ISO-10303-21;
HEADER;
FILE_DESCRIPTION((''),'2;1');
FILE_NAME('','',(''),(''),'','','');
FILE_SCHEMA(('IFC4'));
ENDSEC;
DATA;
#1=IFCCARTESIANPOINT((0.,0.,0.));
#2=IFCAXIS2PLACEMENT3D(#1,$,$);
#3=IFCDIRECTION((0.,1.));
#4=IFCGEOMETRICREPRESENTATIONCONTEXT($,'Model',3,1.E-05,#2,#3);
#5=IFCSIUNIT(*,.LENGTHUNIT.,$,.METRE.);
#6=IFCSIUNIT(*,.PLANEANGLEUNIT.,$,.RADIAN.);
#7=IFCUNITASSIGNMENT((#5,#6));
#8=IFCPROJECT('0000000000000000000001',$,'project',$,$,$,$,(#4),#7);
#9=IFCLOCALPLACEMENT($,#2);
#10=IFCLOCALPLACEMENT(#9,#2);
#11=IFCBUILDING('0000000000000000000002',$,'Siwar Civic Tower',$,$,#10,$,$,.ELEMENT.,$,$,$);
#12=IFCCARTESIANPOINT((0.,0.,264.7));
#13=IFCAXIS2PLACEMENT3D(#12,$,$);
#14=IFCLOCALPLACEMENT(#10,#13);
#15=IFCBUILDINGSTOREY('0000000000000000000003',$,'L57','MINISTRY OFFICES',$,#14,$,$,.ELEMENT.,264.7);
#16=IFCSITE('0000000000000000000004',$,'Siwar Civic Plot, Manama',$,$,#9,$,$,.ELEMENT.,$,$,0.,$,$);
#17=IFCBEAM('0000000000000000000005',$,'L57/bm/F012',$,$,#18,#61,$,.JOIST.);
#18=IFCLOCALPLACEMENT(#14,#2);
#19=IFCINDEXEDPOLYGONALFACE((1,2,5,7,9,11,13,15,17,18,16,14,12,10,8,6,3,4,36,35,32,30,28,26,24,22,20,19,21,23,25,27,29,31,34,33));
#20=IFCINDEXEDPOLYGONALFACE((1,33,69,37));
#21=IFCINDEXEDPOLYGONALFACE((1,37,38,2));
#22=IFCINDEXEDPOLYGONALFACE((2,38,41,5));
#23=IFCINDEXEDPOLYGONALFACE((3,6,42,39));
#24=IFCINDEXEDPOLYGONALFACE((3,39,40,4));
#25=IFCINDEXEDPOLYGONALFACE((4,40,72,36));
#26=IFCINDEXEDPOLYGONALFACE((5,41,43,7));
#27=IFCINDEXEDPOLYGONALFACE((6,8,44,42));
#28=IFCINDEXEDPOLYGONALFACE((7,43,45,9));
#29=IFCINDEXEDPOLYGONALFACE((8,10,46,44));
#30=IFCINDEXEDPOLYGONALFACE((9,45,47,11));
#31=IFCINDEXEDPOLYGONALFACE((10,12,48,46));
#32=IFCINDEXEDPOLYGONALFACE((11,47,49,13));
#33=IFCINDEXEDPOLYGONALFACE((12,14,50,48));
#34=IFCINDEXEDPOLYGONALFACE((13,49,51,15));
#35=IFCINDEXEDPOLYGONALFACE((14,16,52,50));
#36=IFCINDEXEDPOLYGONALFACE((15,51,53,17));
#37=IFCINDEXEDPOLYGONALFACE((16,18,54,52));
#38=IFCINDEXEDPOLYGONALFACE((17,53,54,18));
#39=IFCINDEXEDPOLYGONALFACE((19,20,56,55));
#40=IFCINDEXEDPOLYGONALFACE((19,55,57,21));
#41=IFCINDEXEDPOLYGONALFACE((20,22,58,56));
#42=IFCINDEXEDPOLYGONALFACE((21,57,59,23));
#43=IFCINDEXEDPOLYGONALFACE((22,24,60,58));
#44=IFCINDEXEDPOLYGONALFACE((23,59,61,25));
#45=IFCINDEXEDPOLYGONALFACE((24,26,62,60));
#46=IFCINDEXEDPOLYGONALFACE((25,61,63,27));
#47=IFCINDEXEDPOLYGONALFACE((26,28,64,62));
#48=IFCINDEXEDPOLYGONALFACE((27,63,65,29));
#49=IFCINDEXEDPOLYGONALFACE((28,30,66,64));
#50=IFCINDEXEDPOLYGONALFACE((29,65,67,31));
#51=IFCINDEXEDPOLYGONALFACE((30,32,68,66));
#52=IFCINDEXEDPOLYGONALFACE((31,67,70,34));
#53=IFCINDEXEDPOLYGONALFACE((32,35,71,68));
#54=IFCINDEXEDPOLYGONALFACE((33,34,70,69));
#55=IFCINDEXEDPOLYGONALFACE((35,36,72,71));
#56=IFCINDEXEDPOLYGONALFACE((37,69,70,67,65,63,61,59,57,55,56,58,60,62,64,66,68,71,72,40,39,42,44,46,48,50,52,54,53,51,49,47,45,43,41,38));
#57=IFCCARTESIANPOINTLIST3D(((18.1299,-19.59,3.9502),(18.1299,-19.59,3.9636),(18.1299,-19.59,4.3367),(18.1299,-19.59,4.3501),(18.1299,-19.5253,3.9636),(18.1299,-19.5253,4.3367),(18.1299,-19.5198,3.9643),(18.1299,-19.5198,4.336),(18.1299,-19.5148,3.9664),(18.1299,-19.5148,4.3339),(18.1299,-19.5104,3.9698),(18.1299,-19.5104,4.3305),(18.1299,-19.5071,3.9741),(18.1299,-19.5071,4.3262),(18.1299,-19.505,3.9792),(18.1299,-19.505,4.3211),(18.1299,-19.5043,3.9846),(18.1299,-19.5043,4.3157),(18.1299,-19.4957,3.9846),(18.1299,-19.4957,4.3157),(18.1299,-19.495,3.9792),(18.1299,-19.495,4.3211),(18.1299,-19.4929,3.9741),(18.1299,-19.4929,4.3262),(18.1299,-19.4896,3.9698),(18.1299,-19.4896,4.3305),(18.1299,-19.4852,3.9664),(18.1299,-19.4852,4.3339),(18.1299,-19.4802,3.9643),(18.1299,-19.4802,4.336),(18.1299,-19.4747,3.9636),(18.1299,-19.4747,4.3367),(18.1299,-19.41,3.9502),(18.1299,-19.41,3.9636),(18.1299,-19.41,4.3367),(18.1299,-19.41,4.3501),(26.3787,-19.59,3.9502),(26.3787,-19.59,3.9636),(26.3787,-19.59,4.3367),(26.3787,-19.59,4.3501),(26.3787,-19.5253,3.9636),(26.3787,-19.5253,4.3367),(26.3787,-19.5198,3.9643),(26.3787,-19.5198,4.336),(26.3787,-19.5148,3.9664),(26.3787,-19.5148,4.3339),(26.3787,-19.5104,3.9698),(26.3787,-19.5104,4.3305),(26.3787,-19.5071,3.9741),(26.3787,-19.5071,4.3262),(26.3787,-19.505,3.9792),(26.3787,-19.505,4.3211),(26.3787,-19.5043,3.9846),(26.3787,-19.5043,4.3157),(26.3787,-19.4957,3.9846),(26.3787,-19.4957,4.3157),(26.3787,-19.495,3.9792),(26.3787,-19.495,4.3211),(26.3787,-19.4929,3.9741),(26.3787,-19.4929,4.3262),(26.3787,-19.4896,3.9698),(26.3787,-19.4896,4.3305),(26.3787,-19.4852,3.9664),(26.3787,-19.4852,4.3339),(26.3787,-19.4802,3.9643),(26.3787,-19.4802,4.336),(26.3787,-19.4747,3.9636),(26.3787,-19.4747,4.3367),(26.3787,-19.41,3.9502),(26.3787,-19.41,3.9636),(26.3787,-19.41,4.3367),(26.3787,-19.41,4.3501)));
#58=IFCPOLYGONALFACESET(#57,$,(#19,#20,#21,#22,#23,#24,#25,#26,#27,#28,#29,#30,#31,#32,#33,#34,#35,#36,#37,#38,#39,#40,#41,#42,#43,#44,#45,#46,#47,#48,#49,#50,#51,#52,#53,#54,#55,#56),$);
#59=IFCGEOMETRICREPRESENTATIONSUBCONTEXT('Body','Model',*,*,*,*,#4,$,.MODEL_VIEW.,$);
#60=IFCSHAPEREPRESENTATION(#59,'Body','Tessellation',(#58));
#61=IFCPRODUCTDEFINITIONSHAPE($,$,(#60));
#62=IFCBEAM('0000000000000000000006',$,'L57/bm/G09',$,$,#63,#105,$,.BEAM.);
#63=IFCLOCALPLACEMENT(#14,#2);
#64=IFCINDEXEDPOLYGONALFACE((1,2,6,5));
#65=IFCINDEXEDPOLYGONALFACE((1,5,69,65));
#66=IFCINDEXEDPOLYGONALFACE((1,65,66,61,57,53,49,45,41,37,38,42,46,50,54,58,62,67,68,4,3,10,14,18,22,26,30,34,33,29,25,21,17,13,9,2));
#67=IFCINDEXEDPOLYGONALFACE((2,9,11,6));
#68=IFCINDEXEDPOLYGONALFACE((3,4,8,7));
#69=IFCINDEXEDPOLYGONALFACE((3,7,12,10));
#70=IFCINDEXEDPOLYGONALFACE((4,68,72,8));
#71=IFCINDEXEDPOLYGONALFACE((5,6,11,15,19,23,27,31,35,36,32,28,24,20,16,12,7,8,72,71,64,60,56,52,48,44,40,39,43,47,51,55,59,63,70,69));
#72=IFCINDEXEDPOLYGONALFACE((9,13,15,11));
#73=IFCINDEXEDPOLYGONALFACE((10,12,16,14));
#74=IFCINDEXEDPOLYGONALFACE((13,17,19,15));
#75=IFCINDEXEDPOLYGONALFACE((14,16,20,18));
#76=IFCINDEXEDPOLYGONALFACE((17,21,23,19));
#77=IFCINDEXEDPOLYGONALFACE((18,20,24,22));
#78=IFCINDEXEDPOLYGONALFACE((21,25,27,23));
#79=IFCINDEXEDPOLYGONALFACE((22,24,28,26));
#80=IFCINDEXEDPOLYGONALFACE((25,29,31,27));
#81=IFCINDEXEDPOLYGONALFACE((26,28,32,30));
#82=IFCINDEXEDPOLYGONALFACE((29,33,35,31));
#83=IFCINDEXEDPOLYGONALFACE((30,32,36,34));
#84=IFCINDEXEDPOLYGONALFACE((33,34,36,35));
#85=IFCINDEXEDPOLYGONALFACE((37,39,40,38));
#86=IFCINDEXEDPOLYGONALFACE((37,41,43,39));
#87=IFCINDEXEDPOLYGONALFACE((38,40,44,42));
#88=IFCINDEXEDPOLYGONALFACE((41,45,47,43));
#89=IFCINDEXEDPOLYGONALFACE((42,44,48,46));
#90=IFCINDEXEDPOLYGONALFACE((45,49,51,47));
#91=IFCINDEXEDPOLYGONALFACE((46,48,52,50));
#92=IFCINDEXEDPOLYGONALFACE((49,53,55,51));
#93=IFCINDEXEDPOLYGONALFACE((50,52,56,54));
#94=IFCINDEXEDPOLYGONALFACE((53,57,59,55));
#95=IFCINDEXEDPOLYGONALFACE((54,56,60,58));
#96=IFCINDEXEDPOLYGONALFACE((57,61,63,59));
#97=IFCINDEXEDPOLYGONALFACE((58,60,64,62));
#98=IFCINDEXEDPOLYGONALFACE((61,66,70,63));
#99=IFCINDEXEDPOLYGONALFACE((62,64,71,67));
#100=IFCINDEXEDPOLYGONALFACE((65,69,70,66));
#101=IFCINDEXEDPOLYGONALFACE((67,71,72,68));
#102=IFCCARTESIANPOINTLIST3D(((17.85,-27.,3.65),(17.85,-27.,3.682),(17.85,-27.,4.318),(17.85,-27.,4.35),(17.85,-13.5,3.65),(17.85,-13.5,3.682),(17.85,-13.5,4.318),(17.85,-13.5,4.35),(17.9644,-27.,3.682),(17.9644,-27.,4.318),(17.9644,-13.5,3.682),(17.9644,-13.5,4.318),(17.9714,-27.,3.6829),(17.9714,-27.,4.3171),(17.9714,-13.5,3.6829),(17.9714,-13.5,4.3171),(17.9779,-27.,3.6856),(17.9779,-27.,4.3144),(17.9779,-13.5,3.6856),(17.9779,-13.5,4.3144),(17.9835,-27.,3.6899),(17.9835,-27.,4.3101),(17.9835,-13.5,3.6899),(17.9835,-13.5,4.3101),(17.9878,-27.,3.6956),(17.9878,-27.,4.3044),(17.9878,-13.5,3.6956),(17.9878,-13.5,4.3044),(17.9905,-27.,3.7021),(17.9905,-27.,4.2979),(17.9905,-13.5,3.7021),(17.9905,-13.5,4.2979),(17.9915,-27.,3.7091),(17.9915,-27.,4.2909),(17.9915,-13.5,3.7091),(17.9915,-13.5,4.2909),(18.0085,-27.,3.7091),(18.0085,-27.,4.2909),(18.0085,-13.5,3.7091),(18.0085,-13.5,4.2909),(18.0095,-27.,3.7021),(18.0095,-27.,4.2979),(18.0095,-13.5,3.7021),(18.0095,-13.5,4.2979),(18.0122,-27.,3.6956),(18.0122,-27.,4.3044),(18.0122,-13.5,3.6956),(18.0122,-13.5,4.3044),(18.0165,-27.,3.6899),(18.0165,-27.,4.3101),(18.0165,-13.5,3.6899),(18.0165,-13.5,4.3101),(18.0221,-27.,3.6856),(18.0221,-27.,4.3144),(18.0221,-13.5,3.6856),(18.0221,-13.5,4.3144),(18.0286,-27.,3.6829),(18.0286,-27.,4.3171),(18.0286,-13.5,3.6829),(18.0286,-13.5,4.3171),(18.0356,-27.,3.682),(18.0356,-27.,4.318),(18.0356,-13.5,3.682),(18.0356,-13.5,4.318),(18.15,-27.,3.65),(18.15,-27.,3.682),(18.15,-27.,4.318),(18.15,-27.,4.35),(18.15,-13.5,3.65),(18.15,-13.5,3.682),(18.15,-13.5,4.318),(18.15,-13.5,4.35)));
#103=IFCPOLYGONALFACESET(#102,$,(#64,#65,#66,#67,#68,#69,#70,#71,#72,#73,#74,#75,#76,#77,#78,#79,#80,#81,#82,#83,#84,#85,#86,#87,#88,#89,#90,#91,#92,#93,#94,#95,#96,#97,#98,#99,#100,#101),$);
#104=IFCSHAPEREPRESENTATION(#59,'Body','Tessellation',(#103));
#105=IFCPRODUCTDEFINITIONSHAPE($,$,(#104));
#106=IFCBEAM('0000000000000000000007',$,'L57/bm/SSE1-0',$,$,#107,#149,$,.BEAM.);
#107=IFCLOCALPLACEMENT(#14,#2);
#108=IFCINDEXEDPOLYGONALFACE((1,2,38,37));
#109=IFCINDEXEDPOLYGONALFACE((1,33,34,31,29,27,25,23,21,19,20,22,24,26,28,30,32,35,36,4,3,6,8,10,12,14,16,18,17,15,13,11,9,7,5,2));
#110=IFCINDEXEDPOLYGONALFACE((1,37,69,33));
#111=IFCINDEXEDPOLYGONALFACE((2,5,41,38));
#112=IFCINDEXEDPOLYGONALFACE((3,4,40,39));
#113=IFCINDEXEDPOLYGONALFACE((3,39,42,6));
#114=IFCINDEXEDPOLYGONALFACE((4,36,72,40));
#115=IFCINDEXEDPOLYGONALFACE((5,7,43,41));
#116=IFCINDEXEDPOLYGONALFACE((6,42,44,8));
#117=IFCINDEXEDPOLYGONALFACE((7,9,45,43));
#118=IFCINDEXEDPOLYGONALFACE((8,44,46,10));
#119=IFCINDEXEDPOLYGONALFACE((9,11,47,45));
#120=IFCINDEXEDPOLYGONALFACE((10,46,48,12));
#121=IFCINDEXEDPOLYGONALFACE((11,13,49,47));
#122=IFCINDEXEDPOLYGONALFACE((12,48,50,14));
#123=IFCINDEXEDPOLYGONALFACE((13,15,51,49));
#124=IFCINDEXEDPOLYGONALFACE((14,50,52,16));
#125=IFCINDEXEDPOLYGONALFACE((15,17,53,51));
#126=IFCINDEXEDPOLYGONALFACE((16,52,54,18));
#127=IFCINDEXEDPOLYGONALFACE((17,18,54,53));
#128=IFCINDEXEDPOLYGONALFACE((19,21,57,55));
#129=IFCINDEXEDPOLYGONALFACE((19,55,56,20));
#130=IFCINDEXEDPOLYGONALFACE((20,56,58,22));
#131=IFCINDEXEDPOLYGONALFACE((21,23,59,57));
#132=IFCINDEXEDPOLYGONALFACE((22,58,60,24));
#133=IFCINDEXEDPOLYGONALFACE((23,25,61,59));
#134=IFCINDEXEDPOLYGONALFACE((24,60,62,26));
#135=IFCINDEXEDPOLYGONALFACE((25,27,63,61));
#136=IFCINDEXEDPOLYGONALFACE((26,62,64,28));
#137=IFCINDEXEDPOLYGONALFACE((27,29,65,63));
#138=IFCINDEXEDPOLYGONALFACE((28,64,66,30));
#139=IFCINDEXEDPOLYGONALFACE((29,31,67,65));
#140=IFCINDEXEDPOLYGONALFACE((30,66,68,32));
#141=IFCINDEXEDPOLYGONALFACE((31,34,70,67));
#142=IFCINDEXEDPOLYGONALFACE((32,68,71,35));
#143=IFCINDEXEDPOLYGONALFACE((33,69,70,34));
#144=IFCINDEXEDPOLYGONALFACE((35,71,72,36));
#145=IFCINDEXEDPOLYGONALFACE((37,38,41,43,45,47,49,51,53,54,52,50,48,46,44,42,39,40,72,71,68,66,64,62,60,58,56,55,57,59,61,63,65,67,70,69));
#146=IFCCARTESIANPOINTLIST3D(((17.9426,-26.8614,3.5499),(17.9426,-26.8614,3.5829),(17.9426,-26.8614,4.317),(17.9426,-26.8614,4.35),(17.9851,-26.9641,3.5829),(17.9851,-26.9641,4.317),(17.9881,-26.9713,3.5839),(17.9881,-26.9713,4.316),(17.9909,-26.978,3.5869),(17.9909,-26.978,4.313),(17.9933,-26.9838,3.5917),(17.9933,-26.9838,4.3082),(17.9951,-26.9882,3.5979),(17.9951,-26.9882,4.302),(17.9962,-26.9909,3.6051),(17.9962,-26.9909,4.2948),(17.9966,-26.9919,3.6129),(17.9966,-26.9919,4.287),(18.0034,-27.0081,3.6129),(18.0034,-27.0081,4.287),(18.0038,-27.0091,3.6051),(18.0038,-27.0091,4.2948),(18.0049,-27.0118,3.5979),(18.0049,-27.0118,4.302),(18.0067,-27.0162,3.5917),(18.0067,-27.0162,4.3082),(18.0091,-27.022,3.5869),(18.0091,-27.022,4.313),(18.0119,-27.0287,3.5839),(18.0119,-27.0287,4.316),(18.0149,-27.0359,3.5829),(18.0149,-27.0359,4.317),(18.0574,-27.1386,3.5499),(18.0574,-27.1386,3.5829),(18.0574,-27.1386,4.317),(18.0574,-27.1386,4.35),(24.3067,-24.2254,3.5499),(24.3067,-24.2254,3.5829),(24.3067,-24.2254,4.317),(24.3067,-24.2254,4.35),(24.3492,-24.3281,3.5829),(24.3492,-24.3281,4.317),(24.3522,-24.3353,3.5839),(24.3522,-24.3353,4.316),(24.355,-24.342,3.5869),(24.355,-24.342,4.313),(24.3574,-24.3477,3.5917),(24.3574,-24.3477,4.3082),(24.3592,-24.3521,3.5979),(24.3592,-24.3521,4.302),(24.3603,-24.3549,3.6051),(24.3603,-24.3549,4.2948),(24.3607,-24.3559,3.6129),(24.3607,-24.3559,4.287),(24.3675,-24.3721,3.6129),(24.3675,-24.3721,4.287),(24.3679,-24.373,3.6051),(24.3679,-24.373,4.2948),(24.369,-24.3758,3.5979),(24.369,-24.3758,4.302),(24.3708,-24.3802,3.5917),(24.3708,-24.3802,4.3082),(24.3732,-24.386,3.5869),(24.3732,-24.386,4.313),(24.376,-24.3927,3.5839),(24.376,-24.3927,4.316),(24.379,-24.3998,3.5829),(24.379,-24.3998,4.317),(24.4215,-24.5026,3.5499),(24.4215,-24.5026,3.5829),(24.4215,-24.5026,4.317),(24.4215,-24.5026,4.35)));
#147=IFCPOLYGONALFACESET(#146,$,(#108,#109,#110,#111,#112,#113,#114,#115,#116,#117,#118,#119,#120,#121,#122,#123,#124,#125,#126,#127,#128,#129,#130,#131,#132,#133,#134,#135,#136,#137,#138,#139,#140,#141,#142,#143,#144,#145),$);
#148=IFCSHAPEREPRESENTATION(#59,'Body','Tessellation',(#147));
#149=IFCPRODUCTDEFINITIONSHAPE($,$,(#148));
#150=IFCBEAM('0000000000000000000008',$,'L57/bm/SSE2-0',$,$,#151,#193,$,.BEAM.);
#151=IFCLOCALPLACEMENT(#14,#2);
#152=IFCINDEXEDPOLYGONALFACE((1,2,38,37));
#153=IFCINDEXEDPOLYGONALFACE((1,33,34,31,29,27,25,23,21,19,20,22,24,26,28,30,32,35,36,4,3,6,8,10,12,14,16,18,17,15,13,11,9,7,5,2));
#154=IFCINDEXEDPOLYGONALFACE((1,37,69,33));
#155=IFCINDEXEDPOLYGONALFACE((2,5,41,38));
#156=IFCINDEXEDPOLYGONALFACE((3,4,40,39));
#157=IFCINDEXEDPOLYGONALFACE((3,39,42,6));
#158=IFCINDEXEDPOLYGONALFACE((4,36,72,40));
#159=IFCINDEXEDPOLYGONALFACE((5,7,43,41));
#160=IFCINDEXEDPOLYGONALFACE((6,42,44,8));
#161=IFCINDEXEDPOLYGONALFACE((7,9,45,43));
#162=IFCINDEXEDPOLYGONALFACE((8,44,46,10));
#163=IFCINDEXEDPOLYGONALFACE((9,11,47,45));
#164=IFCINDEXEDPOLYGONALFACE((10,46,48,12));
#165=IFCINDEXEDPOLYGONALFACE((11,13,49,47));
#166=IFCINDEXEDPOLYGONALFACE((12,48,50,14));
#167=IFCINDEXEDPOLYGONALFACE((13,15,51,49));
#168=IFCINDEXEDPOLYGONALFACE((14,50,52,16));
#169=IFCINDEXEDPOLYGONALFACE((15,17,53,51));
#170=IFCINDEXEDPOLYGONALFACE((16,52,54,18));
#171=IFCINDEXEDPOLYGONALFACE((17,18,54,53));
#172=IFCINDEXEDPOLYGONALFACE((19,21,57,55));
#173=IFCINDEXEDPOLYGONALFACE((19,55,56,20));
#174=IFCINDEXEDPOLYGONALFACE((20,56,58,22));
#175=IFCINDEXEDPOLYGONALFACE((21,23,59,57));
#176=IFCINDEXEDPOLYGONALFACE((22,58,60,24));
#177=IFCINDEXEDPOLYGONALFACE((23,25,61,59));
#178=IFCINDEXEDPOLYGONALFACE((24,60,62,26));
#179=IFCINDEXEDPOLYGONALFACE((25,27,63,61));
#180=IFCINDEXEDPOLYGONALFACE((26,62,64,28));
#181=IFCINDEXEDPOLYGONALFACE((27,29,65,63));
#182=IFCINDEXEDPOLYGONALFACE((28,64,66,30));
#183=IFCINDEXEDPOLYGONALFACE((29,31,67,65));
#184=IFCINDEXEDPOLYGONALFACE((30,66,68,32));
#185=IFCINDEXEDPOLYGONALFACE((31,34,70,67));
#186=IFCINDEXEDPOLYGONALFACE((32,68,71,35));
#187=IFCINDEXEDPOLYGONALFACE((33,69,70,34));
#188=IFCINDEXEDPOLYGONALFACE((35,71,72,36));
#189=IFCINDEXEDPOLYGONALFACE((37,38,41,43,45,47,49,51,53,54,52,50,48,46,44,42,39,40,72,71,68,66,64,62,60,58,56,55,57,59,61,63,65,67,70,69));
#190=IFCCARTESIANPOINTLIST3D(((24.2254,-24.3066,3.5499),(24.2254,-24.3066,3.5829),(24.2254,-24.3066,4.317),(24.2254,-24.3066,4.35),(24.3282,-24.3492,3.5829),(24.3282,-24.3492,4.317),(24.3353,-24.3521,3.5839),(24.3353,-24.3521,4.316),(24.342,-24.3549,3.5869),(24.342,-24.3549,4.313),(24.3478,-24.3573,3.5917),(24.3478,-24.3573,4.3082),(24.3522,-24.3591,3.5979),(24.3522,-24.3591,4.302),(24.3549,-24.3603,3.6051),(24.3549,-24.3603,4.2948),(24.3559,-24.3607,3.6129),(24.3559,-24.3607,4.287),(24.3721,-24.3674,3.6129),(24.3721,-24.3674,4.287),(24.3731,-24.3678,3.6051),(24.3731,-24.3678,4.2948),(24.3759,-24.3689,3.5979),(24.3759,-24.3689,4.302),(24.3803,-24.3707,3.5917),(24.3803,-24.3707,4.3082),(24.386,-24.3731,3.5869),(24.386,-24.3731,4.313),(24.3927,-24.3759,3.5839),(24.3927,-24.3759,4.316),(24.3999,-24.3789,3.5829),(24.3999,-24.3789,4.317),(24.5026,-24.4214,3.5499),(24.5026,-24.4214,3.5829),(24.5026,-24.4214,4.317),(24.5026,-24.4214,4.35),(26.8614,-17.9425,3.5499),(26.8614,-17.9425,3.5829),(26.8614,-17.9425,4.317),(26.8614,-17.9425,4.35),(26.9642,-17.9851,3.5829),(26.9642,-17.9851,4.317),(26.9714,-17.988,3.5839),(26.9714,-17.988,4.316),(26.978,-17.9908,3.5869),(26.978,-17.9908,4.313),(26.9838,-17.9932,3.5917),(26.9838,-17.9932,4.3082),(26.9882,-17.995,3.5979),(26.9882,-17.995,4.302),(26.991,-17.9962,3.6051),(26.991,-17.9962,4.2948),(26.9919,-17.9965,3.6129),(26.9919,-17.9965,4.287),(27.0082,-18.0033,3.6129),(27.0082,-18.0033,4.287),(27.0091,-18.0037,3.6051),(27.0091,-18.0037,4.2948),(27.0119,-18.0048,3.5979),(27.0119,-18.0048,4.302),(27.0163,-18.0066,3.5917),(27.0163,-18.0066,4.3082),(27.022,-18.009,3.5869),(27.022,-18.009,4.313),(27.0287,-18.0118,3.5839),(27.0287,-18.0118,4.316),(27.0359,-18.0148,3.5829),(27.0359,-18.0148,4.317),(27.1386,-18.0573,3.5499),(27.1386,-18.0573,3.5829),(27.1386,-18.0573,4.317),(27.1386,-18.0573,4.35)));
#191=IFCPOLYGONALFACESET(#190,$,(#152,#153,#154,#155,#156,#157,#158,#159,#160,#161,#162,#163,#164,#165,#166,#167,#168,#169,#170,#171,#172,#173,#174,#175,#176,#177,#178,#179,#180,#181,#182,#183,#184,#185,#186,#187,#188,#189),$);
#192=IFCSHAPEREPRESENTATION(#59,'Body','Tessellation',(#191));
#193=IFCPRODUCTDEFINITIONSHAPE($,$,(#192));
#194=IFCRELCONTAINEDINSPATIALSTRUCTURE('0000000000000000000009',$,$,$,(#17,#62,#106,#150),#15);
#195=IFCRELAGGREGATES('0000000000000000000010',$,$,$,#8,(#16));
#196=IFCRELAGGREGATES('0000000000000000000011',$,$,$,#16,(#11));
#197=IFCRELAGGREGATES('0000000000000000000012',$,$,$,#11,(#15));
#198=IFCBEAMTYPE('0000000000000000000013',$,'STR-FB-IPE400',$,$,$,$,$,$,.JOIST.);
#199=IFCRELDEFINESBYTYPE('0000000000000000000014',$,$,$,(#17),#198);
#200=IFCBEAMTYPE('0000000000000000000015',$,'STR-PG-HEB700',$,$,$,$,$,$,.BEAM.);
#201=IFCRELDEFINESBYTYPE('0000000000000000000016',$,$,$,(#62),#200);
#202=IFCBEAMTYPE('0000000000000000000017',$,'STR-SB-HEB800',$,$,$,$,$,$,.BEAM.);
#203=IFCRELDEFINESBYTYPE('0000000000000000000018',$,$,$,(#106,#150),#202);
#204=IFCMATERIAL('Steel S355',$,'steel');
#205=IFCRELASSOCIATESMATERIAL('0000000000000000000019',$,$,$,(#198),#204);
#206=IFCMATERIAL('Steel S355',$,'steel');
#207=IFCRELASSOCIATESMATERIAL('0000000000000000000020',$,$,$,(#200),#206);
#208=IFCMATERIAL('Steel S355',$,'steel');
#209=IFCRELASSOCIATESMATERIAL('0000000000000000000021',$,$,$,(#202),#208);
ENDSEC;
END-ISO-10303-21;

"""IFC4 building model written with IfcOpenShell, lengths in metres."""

from ifc_helpers import new_model, si_unit, direction, frame, origin, origin_2d, place, context, subcontext, project, spatial, i_section, extrude, material, material_profile, profile_set, type_object, element, save


model = new_model("IFC4")

# Units and contexts
model_context = context("Model", 3, precision=1e-05, world=origin(), true_north=direction((0.0, 1.0)))
body_context = subcontext(model_context, "Body", "Model", "MODEL_VIEW")
ifc_project = project(units=[si_unit("LENGTHUNIT", "METRE"), si_unit("PLANEANGLEUNIT", "RADIAN")], contexts=[model_context])

# Site, building, storey
site_placement = place(None, origin())
site = spatial("IfcSite", under=ifc_project, at=site_placement, Name="Siwar Civic Plot, Manama", CompositionType="ELEMENT", RefElevation=0.0)
building_placement = place(site_placement, origin())
building = spatial("IfcBuilding", under=site, at=building_placement, Name="Siwar Civic Tower", CompositionType="ELEMENT")
storey_placement = place(building_placement, frame((0.0, 0.0, 264.7)))
storey = spatial("IfcBuildingStorey", under=building, at=storey_placement, Name="L57", Description="MINISTRY OFFICES", CompositionType="ELEMENT", Elevation=264.7)

# Beams
ifc_material_1 = material(Name="Steel S355", Category="steel")
ifc_material_profile_1 = material_profile(ifc_material_1, i_section(OverallWidth=0.1799, OverallDepth=0.3999, WebThickness=0.0085, FlangeThickness=0.0134, FilletRadius=0.021, at=origin_2d()), Name="IPE400")
ifc_profile_set_1 = profile_set([ifc_material_profile_1], Name="Steel S355")
beam_type_1 = type_object("IfcBeamType", Name="STR-FB-IPE400", PredefinedType="JOIST", material=ifc_profile_set_1)
beam_1_placement = place(storey_placement, frame((18.1299, -19.5, 4.1501), z_axis=(1.0, 0.0, 0.0), x_axis=(0.0, 1.0, 0.0)))
element("IfcBeam", 1, at=beam_1_placement, inside=storey, type_object=beam_type_1, Name="L57/bm/F012", PredefinedType="JOIST", context=body_context, shape_type="SweptSolid", body=[
    extrude(i_section(OverallWidth=0.1799, OverallDepth=0.3999, WebThickness=0.0085, FlangeThickness=0.0134, FilletRadius=0.021, at=origin_2d()), origin(), (0.0, 0.0, 1.0), 8.2488),
])
ifc_material_2 = material(Name="Steel S355", Category="steel")
ifc_material_profile_2 = material_profile(ifc_material_2, i_section(OverallWidth=0.3, OverallDepth=0.7, WebThickness=0.0171, FlangeThickness=0.032, FilletRadius=0.0271, at=origin_2d()), Name="HEB700")
ifc_profile_set_2 = profile_set([ifc_material_profile_2], Name="Steel S355")
beam_type_2 = type_object("IfcBeamType", Name="STR-PG-HEB700", PredefinedType="BEAM", material=ifc_profile_set_2)
beam_2_placement = place(storey_placement, frame((18.0, -27.0, 4.0), z_axis=(0.0, 1.0, 0.0), x_axis=(-1.0, 0.0, 0.0)))
element("IfcBeam", 2, at=beam_2_placement, inside=storey, type_object=beam_type_2, Name="L57/bm/G09", PredefinedType="BEAM", context=body_context, shape_type="SweptSolid", body=[
    extrude(i_section(OverallWidth=0.3, OverallDepth=0.7, WebThickness=0.0171, FlangeThickness=0.032, FilletRadius=0.0271, at=origin_2d()), origin(), (0.0, 0.0, 1.0), 13.5),
])
ifc_material_3 = material(Name="Steel S355", Category="steel")
ifc_material_profile_3 = material_profile(ifc_material_3, i_section(OverallWidth=0.3, OverallDepth=0.8, WebThickness=0.0176, FlangeThickness=0.033, FilletRadius=0.03, at=origin_2d()), Name="HEB800")
ifc_profile_set_3 = profile_set([ifc_material_profile_3], Name="Steel S355")
beam_type_3 = type_object("IfcBeamType", Name="STR-SB-HEB800", PredefinedType="BEAM", material=ifc_profile_set_3)
for number, where, z_axis, x_axis, name in (
    (3, (18.0, -27.0, 3.95), (0.923883, 0.382674, 0.0), (-0.382674, 0.923883, 0.0), "L57/bm/SSE1-0"),
    (4, (24.364, -24.364, 3.95), (0.382674, 0.923883, 0.0), (-0.923883, 0.382674, 0.0), "L57/bm/SSE2-0"),
):
    element("IfcBeam", number, at=place(storey_placement, frame(where, z_axis=z_axis, x_axis=x_axis)), inside=storey, type_object=beam_type_3, Name=name, PredefinedType="BEAM", context=body_context, shape_type="SweptSolid", body=[
        extrude(i_section(OverallWidth=0.3, OverallDepth=0.8, WebThickness=0.0176, FlangeThickness=0.033, FilletRadius=0.03, at=origin_2d()), origin(), (0.0, 0.0, 1.0), 6.8884),
    ])

save(model, "model.ifc")
